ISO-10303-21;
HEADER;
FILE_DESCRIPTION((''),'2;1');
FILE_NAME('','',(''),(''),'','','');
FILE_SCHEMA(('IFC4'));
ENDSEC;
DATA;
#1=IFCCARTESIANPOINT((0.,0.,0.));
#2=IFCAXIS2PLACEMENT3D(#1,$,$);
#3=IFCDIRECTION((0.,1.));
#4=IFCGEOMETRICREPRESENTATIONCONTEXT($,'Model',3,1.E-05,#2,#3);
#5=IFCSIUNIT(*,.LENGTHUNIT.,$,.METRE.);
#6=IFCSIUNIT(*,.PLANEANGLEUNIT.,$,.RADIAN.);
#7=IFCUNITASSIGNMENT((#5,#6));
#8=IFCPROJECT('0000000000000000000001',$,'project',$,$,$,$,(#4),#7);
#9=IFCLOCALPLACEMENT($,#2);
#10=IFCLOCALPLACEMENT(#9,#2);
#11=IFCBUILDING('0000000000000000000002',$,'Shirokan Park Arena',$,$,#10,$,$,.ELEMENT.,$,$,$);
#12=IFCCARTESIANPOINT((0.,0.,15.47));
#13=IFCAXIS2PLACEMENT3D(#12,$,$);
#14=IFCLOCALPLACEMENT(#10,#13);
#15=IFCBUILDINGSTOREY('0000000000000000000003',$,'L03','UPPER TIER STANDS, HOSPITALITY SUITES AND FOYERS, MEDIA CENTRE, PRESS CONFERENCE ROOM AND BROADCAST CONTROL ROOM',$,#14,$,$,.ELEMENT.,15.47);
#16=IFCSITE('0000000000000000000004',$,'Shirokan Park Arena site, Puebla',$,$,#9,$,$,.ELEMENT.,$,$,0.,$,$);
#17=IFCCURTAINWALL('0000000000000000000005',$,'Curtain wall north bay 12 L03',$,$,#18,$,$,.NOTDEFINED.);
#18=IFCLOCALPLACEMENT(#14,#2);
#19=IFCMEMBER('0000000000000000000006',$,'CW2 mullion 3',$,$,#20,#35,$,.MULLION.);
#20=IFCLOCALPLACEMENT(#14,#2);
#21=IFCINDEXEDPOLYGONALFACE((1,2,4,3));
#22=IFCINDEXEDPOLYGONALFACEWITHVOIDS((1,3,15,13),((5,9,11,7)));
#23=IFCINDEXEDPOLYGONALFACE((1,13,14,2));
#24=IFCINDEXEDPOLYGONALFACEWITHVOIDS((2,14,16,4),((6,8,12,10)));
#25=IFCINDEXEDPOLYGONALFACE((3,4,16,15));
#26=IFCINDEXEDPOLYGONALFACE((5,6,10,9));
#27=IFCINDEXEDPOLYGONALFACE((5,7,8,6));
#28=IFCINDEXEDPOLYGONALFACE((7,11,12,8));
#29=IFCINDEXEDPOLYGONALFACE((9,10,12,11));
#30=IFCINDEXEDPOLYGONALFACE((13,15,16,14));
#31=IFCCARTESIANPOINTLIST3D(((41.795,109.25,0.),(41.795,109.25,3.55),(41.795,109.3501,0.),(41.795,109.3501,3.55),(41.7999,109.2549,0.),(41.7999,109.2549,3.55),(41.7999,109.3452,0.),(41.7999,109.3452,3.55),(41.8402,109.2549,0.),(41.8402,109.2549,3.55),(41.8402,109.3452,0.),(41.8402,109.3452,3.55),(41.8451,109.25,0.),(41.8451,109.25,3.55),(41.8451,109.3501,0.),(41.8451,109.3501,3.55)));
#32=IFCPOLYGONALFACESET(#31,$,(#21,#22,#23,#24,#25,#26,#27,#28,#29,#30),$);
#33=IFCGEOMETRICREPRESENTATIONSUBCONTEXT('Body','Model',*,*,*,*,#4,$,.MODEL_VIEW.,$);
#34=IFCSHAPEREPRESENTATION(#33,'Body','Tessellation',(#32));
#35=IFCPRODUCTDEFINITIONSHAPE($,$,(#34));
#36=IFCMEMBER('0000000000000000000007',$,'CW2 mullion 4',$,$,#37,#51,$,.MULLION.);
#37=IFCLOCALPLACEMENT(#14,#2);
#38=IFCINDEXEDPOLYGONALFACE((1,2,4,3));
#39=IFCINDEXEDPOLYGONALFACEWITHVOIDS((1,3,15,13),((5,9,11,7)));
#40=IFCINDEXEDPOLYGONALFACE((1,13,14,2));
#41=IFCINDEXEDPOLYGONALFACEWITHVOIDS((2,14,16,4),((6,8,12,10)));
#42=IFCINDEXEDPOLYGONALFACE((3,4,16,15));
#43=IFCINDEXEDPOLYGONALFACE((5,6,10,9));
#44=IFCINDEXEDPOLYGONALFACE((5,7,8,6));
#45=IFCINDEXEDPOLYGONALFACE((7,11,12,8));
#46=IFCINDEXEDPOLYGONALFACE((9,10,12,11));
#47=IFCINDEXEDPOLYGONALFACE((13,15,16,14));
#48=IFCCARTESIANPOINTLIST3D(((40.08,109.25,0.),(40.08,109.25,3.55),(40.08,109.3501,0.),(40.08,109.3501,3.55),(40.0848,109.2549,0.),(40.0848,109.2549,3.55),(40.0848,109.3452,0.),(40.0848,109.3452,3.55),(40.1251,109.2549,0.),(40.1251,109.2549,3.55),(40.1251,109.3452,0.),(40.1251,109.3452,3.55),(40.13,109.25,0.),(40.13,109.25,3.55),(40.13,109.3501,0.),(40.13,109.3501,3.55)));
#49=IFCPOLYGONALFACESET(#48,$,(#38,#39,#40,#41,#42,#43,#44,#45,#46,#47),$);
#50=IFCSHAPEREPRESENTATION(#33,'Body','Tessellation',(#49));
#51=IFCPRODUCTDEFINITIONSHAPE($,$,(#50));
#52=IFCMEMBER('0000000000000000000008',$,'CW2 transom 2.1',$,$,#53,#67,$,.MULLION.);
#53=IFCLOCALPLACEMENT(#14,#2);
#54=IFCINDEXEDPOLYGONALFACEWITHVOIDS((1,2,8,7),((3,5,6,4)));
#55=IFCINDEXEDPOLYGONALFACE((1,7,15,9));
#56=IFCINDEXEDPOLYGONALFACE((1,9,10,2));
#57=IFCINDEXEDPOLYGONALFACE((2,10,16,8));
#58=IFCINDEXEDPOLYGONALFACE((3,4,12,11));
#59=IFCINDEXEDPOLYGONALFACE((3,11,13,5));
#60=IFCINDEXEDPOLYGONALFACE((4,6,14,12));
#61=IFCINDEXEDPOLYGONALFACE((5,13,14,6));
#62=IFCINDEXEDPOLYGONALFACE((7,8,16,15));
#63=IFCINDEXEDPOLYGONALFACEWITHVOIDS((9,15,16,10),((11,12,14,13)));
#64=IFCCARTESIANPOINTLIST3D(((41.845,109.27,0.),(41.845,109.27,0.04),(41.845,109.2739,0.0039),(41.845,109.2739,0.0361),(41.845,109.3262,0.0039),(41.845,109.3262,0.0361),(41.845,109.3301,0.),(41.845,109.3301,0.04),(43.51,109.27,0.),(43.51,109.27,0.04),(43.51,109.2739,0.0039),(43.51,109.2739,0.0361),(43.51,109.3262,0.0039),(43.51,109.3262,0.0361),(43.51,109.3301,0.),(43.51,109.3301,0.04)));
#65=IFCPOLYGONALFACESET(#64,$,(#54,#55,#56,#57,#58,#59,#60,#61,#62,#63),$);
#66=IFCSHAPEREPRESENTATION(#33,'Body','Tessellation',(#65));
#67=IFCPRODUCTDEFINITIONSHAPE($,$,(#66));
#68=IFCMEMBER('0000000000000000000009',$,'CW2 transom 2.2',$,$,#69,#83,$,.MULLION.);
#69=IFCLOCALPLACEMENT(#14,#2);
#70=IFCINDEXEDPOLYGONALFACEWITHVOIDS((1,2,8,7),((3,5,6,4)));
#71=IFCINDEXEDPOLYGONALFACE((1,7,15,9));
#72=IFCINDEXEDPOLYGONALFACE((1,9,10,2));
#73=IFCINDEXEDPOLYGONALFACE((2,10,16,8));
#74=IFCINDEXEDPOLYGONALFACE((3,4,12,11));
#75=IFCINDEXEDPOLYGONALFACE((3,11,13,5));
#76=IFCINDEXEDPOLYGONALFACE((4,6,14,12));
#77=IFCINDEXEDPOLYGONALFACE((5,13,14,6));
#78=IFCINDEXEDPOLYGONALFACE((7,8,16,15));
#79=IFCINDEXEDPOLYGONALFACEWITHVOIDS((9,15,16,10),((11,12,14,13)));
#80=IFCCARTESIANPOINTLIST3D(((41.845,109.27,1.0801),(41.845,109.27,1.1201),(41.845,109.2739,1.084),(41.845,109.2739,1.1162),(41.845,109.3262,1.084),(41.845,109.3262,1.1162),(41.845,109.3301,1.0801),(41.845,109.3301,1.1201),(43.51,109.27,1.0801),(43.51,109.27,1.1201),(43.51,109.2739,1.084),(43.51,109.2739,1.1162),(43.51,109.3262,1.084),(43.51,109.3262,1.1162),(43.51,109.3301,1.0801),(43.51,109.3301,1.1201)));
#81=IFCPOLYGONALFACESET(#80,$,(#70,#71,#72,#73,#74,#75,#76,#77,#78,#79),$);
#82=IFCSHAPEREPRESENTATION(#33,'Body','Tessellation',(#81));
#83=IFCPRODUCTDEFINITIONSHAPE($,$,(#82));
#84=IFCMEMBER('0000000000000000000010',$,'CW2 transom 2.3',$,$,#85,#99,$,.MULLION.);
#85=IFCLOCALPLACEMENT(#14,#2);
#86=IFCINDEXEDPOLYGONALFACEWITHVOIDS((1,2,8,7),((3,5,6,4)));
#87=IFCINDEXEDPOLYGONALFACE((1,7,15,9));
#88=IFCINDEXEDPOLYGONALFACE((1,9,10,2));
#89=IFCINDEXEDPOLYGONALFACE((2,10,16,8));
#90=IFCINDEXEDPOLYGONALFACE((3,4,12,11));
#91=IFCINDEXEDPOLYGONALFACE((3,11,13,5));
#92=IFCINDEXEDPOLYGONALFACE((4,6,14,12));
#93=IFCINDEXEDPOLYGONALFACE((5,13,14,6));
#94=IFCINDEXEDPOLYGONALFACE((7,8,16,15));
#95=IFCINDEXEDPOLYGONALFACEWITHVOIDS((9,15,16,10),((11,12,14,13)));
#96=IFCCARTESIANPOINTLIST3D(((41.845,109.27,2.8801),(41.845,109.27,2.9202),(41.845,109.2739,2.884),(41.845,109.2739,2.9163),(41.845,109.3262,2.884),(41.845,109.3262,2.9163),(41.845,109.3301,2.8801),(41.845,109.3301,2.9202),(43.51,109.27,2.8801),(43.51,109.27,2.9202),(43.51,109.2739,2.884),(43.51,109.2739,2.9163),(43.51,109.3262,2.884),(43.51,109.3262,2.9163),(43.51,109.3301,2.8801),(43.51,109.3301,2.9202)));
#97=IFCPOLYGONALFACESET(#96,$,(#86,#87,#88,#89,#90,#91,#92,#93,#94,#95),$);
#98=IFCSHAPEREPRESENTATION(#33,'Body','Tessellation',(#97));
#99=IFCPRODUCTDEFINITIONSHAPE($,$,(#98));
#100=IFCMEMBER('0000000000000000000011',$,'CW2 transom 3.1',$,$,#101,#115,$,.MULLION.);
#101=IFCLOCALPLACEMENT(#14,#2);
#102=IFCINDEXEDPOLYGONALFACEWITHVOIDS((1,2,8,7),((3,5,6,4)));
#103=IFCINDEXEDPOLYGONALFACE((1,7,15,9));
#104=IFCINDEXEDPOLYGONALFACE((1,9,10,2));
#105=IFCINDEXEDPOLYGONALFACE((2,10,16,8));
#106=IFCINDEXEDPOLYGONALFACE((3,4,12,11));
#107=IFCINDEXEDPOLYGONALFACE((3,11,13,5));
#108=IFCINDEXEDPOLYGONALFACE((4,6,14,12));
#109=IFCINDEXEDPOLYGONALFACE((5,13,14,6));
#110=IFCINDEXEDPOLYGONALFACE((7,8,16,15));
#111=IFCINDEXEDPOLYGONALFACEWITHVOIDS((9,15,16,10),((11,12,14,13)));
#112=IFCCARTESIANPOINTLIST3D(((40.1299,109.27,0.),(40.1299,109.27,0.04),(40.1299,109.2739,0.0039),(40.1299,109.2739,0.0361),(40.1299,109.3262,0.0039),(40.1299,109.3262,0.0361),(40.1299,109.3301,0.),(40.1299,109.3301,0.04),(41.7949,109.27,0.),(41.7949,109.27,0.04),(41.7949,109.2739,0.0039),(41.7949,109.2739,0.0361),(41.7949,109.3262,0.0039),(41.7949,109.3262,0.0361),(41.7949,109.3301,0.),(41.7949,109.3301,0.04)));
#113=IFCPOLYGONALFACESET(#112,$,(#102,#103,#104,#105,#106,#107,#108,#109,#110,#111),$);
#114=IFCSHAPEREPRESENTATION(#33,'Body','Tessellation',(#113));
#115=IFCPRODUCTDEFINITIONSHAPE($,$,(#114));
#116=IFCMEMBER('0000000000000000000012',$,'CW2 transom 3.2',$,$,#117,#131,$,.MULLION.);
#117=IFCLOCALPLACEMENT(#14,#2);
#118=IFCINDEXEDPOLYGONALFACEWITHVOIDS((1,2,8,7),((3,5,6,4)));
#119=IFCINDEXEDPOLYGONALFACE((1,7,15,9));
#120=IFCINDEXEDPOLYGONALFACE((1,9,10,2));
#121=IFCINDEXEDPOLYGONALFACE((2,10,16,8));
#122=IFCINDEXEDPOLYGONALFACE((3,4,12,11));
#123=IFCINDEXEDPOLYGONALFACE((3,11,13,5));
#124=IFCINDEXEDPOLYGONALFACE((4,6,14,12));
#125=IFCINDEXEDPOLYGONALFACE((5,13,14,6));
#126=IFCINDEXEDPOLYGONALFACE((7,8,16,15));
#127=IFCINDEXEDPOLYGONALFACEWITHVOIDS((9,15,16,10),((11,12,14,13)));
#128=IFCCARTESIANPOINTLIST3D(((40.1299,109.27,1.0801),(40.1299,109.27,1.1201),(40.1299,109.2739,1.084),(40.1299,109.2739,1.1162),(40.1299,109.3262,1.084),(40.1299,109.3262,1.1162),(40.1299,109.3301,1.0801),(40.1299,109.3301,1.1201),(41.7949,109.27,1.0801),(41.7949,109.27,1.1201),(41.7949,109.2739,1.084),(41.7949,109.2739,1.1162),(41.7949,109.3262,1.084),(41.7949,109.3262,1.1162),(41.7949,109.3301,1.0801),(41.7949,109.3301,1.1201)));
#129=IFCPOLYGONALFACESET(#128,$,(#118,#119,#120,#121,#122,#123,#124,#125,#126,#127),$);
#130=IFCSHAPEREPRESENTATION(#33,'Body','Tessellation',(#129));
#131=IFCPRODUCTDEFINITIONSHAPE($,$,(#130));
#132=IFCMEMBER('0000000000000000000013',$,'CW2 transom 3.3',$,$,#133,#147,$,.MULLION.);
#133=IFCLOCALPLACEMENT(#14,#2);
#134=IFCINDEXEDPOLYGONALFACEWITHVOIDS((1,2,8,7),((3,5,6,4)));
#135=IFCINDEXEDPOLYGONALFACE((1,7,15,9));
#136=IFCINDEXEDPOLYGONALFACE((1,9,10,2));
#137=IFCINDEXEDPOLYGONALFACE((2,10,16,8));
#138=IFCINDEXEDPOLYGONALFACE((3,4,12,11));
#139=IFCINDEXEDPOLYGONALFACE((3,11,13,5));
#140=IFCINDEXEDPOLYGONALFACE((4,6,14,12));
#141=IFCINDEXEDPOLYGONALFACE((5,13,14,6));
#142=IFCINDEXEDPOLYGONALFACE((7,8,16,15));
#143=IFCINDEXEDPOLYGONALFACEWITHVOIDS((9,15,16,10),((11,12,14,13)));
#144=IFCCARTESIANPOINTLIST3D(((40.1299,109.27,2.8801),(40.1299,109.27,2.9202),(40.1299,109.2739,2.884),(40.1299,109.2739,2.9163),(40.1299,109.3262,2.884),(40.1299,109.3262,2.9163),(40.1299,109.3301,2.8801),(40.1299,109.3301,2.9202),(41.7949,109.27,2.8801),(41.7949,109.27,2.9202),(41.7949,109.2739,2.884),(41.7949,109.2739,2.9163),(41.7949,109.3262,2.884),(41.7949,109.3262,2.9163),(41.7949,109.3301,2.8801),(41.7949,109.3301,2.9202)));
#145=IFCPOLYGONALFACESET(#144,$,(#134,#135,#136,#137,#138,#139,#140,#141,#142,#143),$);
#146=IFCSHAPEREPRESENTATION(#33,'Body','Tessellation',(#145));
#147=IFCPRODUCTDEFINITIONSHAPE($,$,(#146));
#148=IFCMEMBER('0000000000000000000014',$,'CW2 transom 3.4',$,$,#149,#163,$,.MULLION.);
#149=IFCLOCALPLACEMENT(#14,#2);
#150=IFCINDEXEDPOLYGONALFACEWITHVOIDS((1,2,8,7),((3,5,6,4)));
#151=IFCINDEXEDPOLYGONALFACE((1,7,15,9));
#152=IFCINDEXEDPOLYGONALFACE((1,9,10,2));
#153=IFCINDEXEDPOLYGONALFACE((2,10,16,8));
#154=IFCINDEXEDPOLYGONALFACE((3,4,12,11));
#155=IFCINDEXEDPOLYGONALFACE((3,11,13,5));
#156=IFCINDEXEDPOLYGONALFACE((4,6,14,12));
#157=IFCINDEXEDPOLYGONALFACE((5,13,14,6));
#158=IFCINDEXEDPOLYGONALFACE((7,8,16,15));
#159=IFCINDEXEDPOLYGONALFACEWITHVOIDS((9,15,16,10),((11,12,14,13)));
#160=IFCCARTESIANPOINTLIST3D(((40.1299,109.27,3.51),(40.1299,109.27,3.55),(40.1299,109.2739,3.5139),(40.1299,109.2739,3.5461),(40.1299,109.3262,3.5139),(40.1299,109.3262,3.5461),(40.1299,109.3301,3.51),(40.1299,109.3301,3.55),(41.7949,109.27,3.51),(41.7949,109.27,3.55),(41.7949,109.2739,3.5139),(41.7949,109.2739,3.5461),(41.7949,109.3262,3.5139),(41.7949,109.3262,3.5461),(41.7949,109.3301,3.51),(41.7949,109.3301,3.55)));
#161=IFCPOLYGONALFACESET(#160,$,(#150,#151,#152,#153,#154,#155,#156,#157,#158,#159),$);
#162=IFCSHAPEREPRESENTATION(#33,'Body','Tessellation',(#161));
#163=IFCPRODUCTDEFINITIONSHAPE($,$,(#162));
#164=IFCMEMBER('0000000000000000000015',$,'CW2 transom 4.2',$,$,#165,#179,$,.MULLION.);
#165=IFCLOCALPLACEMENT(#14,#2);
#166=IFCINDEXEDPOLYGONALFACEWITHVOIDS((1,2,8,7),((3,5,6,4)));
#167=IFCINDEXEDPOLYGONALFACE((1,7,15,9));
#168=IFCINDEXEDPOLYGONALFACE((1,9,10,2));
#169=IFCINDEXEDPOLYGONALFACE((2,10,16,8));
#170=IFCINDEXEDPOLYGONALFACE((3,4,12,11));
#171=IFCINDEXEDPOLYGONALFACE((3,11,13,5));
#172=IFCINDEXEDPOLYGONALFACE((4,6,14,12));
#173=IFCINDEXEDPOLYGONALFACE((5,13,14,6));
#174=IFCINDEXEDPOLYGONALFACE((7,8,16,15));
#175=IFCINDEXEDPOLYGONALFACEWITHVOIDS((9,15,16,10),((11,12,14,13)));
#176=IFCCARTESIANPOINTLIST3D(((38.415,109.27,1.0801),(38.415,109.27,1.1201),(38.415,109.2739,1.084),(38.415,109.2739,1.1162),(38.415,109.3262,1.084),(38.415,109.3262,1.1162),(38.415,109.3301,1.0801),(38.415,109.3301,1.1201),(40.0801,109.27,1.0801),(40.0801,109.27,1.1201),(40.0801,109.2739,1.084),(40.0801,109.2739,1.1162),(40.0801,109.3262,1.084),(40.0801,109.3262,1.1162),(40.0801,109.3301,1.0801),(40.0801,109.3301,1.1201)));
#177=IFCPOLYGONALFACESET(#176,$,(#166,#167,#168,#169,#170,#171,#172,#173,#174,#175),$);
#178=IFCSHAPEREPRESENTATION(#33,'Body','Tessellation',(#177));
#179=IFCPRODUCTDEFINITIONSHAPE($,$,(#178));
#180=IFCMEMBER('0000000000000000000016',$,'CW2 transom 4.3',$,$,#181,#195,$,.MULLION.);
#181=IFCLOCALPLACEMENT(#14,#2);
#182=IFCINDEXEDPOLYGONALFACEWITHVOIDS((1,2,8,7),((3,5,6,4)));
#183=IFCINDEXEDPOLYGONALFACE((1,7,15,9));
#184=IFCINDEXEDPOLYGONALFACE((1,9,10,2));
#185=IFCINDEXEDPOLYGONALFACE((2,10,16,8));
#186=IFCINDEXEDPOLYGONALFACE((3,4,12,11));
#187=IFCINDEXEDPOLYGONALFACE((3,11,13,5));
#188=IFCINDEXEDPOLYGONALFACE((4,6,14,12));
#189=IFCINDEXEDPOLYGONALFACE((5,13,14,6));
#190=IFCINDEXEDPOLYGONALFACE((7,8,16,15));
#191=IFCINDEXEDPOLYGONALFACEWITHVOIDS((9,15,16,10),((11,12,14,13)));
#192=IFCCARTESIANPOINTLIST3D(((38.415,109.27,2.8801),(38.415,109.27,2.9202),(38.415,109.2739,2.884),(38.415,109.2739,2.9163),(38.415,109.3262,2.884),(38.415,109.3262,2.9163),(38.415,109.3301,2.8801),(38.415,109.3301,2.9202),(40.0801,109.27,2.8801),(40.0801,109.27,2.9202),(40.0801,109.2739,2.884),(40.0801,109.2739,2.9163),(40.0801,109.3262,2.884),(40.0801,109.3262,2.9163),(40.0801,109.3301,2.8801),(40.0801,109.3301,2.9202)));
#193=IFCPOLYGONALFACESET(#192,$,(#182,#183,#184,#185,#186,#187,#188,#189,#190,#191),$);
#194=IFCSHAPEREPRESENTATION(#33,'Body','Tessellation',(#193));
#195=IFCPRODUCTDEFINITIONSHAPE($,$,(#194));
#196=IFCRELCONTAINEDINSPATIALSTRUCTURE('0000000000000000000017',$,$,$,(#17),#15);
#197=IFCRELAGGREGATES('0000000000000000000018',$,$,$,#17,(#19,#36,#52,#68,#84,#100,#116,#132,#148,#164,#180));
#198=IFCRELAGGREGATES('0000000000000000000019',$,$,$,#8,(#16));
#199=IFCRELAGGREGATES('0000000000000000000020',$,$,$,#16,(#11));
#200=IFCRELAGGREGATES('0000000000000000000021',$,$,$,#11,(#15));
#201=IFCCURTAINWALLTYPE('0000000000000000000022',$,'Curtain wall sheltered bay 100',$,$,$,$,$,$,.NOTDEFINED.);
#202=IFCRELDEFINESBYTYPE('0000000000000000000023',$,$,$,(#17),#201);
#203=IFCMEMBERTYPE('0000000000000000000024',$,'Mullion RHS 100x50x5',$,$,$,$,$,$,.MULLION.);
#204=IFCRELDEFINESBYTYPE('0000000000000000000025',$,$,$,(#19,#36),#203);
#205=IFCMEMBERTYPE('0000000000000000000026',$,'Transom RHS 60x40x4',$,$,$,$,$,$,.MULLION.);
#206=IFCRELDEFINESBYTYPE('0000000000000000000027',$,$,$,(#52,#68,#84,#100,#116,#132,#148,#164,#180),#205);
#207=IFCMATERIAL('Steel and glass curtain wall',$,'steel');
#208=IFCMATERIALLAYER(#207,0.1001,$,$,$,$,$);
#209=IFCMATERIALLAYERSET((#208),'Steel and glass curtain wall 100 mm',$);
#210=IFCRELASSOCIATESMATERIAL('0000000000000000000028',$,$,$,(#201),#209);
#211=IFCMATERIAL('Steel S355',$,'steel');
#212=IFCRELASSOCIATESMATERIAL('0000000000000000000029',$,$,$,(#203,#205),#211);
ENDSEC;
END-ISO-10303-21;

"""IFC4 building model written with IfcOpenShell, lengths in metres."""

from ifc_helpers import new_model, si_unit, direction, frame, origin, origin_2d, place, context, subcontext, project, spatial, hollow_rectangle, extrude, material, layer, layer_set, material_profile, profile_set, type_object, element, aggregate, save


model = new_model("IFC4")

# Units and contexts
model_context = context("Model", 3, precision=1e-05, world=origin(), true_north=direction((0.0, 1.0)))
body_context = subcontext(model_context, "Body", "Model", "MODEL_VIEW")
ifc_project = project(units=[si_unit("LENGTHUNIT", "METRE"), si_unit("PLANEANGLEUNIT", "RADIAN")], contexts=[model_context])

# Site, building, storey
site_placement = place(None, origin())
site = spatial("IfcSite", under=ifc_project, at=site_placement, Name="Shirokan Park Arena site, Puebla", CompositionType="ELEMENT", RefElevation=0.0)
building_placement = place(site_placement, origin())
building = spatial("IfcBuilding", under=site, at=building_placement, Name="Shirokan Park Arena", CompositionType="ELEMENT")
storey_placement = place(building_placement, frame((0.0, 0.0, 15.47)))
storey = spatial("IfcBuildingStorey", under=building, at=storey_placement, Name="L03", Description="UPPER TIER STANDS, HOSPITALITY SUITES AND FOYERS, MEDIA CENTRE, PRESS CONFERENCE ROOM AND BROADCAST CONTROL ROOM", CompositionType="ELEMENT", Elevation=15.47)

# Curtain wall, members
ifc_material_1 = material(Name="Steel and glass curtain wall", Category="steel")
ifc_layer_1 = layer(ifc_material_1, 0.1001)
ifc_layer_set_1 = layer_set([ifc_layer_1], Name="Steel and glass curtain wall 100 mm")
curtain_wall_type = type_object("IfcCurtainWallType", Name="Curtain wall sheltered bay 100", PredefinedType="NOTDEFINED", material=ifc_layer_set_1)
curtain_wall_placement = place(storey_placement, origin())
curtain_wall = element("IfcCurtainWall", 1, at=curtain_wall_placement, inside=storey, type_object=curtain_wall_type, Name="Curtain wall north bay 12 L03", PredefinedType="NOTDEFINED")
ifc_material_2 = material(Name="Steel S355", Category="steel")
ifc_material_profile_1 = material_profile(ifc_material_2, hollow_rectangle(XDim=0.1001, YDim=0.05, WallThickness=0.0049, at=origin_2d()), Name="RHS 100x50x5")
ifc_profile_set_1 = profile_set([ifc_material_profile_1], Name="Steel S355")
member_type_1 = type_object("IfcMemberType", Name="Mullion RHS 100x50x5", PredefinedType="MULLION", material=ifc_profile_set_1)
member_1_placement = place(storey_placement, frame((41.8201, 109.3, 0.0), z_axis=(0.0, 0.0, 1.0), x_axis=(0.0, -1.0, 0.0)))
member_1 = element("IfcMember", 2, at=member_1_placement, type_object=member_type_1, Name="CW2 mullion 3", PredefinedType="MULLION", context=body_context, shape_type="SweptSolid", body=[
    extrude(hollow_rectangle(XDim=0.1001, YDim=0.05, WallThickness=0.0049, at=origin_2d()), origin(), (0.0, 0.0, 1.0), 3.55),
])
member_2_placement = place(storey_placement, frame((40.105, 109.3, 0.0), z_axis=(0.0, 0.0, 1.0), x_axis=(0.0, -1.0, 0.0)))
member_2 = element("IfcMember", 3, at=member_2_placement, type_object=member_type_1, Name="CW2 mullion 4", PredefinedType="MULLION", context=body_context, shape_type="SweptSolid", body=[
    extrude(hollow_rectangle(XDim=0.1001, YDim=0.05, WallThickness=0.0049, at=origin_2d()), origin(), (0.0, 0.0, 1.0), 3.55),
])
ifc_material_profile_2 = material_profile(ifc_material_2, hollow_rectangle(XDim=0.0601, YDim=0.04, WallThickness=0.0039, at=origin_2d()), Name="RHS 60x40x4")
ifc_profile_set_2 = profile_set([ifc_material_profile_2], Name="Steel S355")
member_type_2 = type_object("IfcMemberType", Name="Transom RHS 60x40x4", PredefinedType="MULLION", material=ifc_profile_set_2)
member_3_placement = place(storey_placement, frame((43.51, 109.3, 0.02), z_axis=(-1.0, 0.0, 0.0), x_axis=(0.0, -1.0, 0.0)))
member_3 = element("IfcMember", 4, at=member_3_placement, type_object=member_type_2, Name="CW2 transom 2.1", PredefinedType="MULLION", context=body_context, shape_type="SweptSolid", body=[
    extrude(hollow_rectangle(XDim=0.0601, YDim=0.04, WallThickness=0.0039, at=origin_2d()), origin(), (0.0, 0.0, 1.0), 1.665),
])
member_4_placement = place(storey_placement, frame((43.51, 109.3, 1.1001), z_axis=(-1.0, 0.0, 0.0), x_axis=(0.0, -1.0, 0.0)))
member_4 = element("IfcMember", 5, at=member_4_placement, type_object=member_type_2, Name="CW2 transom 2.2", PredefinedType="MULLION", context=body_context, shape_type="SweptSolid", body=[
    extrude(hollow_rectangle(XDim=0.0601, YDim=0.04, WallThickness=0.0039, at=origin_2d()), origin(), (0.0, 0.0, 1.0), 1.665),
])
member_5_placement = place(storey_placement, frame((43.51, 109.3, 2.9001), z_axis=(-1.0, 0.0, 0.0), x_axis=(0.0, -1.0, 0.0)))
member_5 = element("IfcMember", 6, at=member_5_placement, type_object=member_type_2, Name="CW2 transom 2.3", PredefinedType="MULLION", context=body_context, shape_type="SweptSolid", body=[
    extrude(hollow_rectangle(XDim=0.0601, YDim=0.04, WallThickness=0.0039, at=origin_2d()), origin(), (0.0, 0.0, 1.0), 1.665),
])
member_6_placement = place(storey_placement, frame((41.7949, 109.3, 0.02), z_axis=(-1.0, 0.0, 0.0), x_axis=(0.0, -1.0, 0.0)))
member_6 = element("IfcMember", 7, at=member_6_placement, type_object=member_type_2, Name="CW2 transom 3.1", PredefinedType="MULLION", context=body_context, shape_type="SweptSolid", body=[
    extrude(hollow_rectangle(XDim=0.0601, YDim=0.04, WallThickness=0.0039, at=origin_2d()), origin(), (0.0, 0.0, 1.0), 1.665),
])
member_7_placement = place(storey_placement, frame((41.7949, 109.3, 1.1001), z_axis=(-1.0, 0.0, 0.0), x_axis=(0.0, -1.0, 0.0)))
member_7 = element("IfcMember", 8, at=member_7_placement, type_object=member_type_2, Name="CW2 transom 3.2", PredefinedType="MULLION", context=body_context, shape_type="SweptSolid", body=[
    extrude(hollow_rectangle(XDim=0.0601, YDim=0.04, WallThickness=0.0039, at=origin_2d()), origin(), (0.0, 0.0, 1.0), 1.665),
])
member_8_placement = place(storey_placement, frame((41.7949, 109.3, 2.9001), z_axis=(-1.0, 0.0, 0.0), x_axis=(0.0, -1.0, 0.0)))
member_8 = element("IfcMember", 9, at=member_8_placement, type_object=member_type_2, Name="CW2 transom 3.3", PredefinedType="MULLION", context=body_context, shape_type="SweptSolid", body=[
    extrude(hollow_rectangle(XDim=0.0601, YDim=0.04, WallThickness=0.0039, at=origin_2d()), origin(), (0.0, 0.0, 1.0), 1.665),
])
member_9_placement = place(storey_placement, frame((41.7949, 109.3, 3.53), z_axis=(-1.0, 0.0, 0.0), x_axis=(0.0, -1.0, 0.0)))
member_9 = element("IfcMember", 10, at=member_9_placement, type_object=member_type_2, Name="CW2 transom 3.4", PredefinedType="MULLION", context=body_context, shape_type="SweptSolid", body=[
    extrude(hollow_rectangle(XDim=0.0601, YDim=0.04, WallThickness=0.0039, at=origin_2d()), origin(), (0.0, 0.0, 1.0), 1.665),
])
member_10_placement = place(storey_placement, frame((40.0801, 109.3, 1.1001), z_axis=(-1.0, 0.0, 0.0), x_axis=(0.0, -1.0, 0.0)))
member_10 = element("IfcMember", 11, at=member_10_placement, type_object=member_type_2, Name="CW2 transom 4.2", PredefinedType="MULLION", context=body_context, shape_type="SweptSolid", body=[
    extrude(hollow_rectangle(XDim=0.0601, YDim=0.04, WallThickness=0.0039, at=origin_2d()), origin(), (0.0, 0.0, 1.0), 1.665),
])
member_11_placement = place(storey_placement, frame((40.0801, 109.3, 2.9001), z_axis=(-1.0, 0.0, 0.0), x_axis=(0.0, -1.0, 0.0)))
member_11 = element("IfcMember", 12, at=member_11_placement, type_object=member_type_2, Name="CW2 transom 4.3", PredefinedType="MULLION", context=body_context, shape_type="SweptSolid", body=[
    extrude(hollow_rectangle(XDim=0.0601, YDim=0.04, WallThickness=0.0039, at=origin_2d()), origin(), (0.0, 0.0, 1.0), 1.665),
])
aggregate(curtain_wall, [member_1, member_2, member_3, member_4, member_5, member_6, member_7, member_8, member_9, member_10, member_11])

save(model, "model.ifc")
